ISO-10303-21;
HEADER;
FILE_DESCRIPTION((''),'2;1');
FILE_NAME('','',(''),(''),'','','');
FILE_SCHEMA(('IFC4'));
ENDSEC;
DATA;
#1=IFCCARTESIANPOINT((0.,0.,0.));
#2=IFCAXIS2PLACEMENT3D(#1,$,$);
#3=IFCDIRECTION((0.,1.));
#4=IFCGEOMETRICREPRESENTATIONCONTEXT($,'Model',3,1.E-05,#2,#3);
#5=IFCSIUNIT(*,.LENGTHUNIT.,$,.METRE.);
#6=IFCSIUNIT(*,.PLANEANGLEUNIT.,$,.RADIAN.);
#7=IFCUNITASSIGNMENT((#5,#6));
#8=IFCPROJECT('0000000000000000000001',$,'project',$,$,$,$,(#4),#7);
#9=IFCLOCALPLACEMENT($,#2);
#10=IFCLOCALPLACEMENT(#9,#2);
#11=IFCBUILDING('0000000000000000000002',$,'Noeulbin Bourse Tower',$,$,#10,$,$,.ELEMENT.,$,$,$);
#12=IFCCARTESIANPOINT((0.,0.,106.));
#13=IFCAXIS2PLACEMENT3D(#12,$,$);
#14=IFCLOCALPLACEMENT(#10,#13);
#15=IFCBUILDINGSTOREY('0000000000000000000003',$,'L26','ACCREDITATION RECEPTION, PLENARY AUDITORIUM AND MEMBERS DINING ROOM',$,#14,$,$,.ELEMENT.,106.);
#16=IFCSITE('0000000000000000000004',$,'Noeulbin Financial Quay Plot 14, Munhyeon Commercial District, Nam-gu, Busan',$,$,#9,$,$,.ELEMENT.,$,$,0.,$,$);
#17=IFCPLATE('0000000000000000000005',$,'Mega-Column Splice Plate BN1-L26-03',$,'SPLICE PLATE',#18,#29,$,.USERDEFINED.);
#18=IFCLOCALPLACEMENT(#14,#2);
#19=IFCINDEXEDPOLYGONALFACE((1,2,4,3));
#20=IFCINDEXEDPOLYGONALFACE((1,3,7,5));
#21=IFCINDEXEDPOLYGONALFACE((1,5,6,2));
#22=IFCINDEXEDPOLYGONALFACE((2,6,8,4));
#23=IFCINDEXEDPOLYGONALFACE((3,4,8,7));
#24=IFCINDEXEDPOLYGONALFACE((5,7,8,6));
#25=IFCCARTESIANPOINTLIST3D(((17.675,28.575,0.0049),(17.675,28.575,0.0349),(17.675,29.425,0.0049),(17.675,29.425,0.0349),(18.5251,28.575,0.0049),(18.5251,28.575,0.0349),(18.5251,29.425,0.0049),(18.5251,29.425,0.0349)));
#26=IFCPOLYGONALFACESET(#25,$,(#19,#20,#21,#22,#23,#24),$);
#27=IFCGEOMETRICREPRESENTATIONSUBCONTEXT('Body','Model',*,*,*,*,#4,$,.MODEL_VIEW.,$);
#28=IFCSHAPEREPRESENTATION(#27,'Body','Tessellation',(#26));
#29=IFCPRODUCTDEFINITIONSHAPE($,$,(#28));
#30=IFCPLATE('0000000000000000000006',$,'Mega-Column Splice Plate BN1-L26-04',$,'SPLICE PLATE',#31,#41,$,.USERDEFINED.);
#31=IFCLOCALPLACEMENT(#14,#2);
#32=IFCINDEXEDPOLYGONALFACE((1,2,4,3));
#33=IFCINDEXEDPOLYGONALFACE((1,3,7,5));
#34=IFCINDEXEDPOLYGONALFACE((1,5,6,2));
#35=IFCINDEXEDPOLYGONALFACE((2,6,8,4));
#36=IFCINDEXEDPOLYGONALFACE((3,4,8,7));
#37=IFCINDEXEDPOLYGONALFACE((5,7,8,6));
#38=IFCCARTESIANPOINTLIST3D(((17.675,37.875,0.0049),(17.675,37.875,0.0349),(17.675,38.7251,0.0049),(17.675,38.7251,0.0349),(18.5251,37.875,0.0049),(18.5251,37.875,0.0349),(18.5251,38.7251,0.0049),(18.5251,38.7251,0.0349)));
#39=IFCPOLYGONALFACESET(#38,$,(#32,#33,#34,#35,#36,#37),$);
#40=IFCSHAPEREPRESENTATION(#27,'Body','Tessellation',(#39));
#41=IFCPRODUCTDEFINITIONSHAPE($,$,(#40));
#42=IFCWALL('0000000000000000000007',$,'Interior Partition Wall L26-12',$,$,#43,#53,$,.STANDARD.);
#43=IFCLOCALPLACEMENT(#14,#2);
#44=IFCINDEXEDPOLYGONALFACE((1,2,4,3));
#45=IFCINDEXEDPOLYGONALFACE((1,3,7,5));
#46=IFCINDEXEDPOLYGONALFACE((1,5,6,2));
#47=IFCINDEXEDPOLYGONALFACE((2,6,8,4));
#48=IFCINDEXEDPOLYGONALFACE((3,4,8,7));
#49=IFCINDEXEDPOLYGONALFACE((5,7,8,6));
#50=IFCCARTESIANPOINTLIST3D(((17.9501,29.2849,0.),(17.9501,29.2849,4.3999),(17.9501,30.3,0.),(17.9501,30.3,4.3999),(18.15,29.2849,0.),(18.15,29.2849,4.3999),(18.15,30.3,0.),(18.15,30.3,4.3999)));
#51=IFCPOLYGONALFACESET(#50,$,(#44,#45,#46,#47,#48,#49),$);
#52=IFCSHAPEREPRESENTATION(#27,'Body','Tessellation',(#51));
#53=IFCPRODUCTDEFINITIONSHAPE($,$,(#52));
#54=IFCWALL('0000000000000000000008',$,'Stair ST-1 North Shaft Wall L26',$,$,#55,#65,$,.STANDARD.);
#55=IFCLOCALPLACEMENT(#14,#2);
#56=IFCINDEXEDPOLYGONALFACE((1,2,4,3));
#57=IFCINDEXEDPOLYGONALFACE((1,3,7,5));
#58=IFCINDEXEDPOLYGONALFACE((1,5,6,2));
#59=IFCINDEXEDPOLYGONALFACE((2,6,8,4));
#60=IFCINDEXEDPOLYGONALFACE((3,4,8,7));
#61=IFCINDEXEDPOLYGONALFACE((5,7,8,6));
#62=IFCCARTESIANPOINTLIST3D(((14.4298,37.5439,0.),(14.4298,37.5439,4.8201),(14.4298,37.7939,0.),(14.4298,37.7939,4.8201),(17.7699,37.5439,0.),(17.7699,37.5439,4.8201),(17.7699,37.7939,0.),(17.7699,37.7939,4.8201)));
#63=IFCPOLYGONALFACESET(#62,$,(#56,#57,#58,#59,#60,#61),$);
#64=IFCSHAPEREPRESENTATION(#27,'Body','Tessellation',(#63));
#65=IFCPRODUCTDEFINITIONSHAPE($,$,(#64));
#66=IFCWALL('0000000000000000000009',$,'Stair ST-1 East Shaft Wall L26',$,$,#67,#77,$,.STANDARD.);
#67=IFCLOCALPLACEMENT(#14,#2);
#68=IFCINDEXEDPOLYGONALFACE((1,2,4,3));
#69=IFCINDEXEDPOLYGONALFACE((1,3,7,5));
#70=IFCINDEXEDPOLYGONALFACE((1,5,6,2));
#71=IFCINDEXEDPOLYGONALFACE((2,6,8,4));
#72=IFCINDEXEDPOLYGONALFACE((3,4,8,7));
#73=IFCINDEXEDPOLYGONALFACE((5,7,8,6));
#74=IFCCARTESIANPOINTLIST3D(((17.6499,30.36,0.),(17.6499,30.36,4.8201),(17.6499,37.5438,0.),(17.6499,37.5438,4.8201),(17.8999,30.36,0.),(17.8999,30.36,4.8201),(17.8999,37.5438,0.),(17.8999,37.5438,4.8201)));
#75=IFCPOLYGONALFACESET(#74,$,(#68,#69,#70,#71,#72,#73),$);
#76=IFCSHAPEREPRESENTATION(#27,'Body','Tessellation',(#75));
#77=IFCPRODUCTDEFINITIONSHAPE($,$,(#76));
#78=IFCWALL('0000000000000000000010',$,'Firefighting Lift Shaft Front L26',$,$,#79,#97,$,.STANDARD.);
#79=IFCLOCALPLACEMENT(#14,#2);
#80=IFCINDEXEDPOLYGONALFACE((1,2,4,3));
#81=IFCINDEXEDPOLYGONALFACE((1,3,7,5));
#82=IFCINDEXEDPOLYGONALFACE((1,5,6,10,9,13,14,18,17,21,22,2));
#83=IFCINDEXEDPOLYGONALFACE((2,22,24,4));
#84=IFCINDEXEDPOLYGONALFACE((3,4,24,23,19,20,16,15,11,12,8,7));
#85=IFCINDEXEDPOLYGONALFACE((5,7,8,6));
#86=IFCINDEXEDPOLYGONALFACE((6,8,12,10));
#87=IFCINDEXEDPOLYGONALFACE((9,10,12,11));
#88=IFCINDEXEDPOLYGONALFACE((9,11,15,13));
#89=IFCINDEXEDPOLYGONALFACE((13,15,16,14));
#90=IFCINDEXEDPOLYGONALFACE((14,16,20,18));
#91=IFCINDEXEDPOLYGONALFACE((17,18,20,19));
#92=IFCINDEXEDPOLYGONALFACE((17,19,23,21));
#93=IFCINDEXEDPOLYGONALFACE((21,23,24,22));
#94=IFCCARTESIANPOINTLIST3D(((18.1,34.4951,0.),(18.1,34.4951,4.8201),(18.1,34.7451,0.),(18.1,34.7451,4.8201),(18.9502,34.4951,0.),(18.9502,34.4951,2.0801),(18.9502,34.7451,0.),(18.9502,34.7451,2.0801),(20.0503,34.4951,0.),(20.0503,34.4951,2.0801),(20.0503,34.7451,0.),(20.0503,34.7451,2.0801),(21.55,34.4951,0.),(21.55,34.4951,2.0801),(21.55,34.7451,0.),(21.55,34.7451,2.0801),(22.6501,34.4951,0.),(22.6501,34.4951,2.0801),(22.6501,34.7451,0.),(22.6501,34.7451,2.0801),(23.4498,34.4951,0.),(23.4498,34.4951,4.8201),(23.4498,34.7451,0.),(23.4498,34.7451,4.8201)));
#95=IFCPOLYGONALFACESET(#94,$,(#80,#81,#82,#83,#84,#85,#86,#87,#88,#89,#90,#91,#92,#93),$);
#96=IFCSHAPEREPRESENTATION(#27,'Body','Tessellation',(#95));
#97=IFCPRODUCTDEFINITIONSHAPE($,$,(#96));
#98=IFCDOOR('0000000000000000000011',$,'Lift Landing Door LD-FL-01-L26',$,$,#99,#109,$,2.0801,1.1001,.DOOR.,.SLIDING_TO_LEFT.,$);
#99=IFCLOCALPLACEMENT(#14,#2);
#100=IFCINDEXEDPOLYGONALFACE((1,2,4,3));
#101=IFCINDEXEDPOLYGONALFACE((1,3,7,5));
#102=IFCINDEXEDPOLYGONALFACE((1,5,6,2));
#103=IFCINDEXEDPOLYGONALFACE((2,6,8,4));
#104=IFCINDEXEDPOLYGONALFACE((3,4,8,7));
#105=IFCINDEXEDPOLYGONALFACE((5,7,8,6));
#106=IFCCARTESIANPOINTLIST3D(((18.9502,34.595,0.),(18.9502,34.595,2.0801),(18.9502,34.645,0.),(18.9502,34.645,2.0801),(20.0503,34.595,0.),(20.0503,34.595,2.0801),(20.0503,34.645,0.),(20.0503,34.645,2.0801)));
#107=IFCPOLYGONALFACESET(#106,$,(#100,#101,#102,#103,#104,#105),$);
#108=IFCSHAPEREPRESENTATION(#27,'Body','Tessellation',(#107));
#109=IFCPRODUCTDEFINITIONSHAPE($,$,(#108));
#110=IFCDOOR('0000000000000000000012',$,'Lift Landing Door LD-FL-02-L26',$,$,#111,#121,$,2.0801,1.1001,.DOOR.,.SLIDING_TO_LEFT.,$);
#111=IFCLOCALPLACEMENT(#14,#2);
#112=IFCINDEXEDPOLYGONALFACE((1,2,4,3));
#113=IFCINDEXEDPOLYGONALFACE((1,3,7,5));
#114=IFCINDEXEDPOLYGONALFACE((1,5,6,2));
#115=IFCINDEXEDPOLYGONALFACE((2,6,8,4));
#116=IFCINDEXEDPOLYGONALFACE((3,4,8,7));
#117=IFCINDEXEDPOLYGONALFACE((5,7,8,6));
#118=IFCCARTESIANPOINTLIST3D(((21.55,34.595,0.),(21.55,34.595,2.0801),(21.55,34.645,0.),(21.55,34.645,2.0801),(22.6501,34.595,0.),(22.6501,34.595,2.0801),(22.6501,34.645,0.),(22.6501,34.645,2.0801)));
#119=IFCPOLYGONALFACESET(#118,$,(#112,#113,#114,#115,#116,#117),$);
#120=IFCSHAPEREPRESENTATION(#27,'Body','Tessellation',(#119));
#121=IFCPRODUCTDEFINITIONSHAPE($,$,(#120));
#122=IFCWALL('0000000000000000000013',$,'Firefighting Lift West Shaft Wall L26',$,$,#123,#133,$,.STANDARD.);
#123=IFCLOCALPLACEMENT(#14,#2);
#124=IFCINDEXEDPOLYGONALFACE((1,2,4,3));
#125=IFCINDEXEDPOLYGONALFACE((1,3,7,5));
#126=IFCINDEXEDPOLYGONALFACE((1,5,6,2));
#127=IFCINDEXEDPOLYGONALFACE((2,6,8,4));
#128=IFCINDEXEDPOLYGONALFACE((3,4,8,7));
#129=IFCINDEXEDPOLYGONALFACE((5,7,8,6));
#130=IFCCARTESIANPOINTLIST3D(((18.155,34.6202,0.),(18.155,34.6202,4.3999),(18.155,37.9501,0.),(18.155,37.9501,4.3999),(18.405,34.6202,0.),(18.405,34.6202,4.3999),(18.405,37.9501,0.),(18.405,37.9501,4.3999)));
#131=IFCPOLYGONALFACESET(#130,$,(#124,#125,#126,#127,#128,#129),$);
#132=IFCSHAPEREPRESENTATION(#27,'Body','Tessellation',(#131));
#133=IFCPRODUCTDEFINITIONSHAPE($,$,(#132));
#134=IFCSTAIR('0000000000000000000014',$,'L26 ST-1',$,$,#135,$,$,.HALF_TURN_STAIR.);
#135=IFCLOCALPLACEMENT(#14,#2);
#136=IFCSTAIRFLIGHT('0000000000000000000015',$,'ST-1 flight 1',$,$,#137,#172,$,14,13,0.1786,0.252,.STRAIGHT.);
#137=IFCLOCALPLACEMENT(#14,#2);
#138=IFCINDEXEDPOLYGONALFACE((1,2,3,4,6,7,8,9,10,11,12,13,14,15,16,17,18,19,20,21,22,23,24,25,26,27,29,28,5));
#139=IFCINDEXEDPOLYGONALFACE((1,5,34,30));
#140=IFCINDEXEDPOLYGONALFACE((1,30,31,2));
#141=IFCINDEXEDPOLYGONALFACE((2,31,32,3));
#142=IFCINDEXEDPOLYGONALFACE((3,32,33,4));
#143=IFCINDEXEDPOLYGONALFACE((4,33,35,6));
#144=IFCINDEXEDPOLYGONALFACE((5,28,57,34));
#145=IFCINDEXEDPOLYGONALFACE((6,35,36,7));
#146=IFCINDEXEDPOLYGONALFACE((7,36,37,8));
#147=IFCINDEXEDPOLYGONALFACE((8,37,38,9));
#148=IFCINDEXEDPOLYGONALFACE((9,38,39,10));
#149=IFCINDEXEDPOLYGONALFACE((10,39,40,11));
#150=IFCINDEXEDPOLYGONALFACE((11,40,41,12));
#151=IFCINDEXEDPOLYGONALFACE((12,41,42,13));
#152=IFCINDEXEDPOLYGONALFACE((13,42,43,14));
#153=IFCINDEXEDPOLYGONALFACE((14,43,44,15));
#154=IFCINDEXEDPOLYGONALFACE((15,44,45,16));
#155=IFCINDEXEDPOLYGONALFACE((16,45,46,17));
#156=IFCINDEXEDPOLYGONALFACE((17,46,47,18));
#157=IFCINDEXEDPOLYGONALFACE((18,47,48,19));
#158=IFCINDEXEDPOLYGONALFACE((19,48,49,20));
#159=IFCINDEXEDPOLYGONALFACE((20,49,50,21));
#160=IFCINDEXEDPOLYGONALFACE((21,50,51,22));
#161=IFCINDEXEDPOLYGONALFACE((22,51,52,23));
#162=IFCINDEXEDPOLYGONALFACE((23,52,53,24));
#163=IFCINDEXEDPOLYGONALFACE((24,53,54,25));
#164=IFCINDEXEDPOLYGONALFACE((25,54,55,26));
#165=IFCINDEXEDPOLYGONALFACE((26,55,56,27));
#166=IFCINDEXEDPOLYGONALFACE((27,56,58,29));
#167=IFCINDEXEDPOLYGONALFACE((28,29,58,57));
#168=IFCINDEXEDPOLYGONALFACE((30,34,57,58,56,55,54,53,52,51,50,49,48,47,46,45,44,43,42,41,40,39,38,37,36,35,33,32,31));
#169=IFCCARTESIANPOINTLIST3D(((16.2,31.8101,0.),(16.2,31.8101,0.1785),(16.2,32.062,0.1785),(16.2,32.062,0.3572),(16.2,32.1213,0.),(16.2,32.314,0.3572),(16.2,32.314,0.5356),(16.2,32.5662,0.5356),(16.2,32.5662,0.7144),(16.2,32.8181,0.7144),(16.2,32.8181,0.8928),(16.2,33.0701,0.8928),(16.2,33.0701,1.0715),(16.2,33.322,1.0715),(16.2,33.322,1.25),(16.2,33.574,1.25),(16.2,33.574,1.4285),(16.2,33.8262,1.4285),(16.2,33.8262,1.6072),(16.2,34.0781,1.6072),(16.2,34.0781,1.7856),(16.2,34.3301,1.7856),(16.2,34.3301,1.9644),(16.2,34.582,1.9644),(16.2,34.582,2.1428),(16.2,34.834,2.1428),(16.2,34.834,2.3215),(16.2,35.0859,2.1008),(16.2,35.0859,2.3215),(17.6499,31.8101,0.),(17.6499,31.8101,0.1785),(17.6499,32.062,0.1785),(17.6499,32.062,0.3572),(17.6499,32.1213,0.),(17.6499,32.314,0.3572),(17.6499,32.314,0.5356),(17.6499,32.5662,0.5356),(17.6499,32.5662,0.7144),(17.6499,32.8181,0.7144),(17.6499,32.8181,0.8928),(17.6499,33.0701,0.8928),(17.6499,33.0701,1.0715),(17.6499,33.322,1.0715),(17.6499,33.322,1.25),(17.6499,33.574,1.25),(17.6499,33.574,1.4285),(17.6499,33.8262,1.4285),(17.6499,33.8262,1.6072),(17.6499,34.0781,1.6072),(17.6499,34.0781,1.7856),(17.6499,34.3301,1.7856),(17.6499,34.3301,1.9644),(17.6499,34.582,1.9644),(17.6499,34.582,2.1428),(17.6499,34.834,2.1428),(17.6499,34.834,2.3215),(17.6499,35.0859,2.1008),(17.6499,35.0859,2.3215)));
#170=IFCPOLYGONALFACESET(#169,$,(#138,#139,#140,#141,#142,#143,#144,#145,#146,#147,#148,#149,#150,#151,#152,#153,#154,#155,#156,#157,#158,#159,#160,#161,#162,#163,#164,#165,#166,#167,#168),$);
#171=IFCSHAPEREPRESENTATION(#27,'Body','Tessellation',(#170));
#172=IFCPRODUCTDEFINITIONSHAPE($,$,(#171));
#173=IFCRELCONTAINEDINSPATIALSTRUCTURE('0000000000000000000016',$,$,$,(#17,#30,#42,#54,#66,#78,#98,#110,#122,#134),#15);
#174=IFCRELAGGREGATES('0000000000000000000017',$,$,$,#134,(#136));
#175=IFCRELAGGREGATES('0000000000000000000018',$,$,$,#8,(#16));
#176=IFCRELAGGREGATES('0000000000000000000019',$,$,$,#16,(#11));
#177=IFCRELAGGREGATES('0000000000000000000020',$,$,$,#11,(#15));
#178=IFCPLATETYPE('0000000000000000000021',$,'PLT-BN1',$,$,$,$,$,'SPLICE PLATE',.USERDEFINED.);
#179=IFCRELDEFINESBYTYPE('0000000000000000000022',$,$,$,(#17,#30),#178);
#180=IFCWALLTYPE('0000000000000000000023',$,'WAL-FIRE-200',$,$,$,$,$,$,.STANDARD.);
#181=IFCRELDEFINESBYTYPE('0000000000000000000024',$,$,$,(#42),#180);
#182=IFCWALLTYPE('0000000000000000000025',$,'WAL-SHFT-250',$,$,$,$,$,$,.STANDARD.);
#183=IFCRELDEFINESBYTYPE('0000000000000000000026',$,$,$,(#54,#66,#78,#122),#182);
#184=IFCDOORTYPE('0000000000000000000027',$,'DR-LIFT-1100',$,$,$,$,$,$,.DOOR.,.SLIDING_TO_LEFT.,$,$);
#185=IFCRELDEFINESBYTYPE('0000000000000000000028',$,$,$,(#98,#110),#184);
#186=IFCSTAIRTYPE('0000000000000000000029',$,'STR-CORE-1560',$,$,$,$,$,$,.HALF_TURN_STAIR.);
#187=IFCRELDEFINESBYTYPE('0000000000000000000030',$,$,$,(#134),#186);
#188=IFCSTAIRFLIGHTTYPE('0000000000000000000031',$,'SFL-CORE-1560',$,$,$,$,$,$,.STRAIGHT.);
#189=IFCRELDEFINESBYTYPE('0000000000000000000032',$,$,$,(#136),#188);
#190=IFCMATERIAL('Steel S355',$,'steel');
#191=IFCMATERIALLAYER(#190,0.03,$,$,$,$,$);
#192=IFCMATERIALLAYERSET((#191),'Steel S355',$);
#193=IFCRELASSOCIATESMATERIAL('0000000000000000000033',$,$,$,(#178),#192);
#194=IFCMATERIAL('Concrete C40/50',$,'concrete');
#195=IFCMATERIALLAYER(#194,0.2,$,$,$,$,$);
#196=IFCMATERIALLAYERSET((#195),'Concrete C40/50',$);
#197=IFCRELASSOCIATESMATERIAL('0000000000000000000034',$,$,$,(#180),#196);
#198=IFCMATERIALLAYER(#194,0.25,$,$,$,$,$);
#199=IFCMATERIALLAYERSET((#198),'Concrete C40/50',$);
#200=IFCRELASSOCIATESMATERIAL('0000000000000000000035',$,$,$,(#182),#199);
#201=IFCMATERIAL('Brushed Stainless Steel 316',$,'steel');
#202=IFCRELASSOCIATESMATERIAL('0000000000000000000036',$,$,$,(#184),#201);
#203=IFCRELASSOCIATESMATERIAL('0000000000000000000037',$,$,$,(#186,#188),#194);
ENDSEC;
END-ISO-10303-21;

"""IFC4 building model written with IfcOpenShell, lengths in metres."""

from ifc_helpers import new_model, si_unit, direction, frame, frame_2d, origin, origin_2d, place, context, subcontext, project, spatial, polyline, rectangle, outline, extrude, material, layer, layer_set, type_object, element, fill, aggregate, save


model = new_model("IFC4")

# Units and contexts
model_context = context("Model", 3, precision=1e-05, world=origin(), true_north=direction((0.0, 1.0)))
body_context = subcontext(model_context, "Body", "Model", "MODEL_VIEW")
ifc_project = project(units=[si_unit("LENGTHUNIT", "METRE"), si_unit("PLANEANGLEUNIT", "RADIAN")], contexts=[model_context])

# Site, building, storey
site_placement = place(None, origin())
site = spatial("IfcSite", under=ifc_project, at=site_placement, Name="Noeulbin Financial Quay Plot 14, Munhyeon Commercial District, Nam-gu, Busan", CompositionType="ELEMENT", RefElevation=0.0)
building_placement = place(site_placement, origin())
building = spatial("IfcBuilding", under=site, at=building_placement, Name="Noeulbin Bourse Tower", CompositionType="ELEMENT")
storey_placement = place(building_placement, frame((0.0, 0.0, 106.0)))
storey = spatial("IfcBuildingStorey", under=building, at=storey_placement, Name="L26", Description="ACCREDITATION RECEPTION, PLENARY AUDITORIUM AND MEMBERS DINING ROOM", CompositionType="ELEMENT", Elevation=106.0)

# Shared definitions
ifc_material_1 = material(Name="Steel S355", Category="steel")

# Plates
ifc_layer_1 = layer(ifc_material_1, 0.03)
ifc_layer_set_1 = layer_set([ifc_layer_1], Name="Steel S355")
plate_type_1 = type_object("IfcPlateType", Name="PLT-BN1", ElementType="SPLICE PLATE", PredefinedType="USERDEFINED", material=ifc_layer_set_1)
for number, where, z_axis, x_axis, name in (
    (1, (18.1001, 29.0, 0.0049), (0.0, 0.0, 1.0), (1.0, 0.0, 0.0), "Mega-Column Splice Plate BN1-L26-03"),
    (2, (18.1001, 38.3, 0.0049), (0.0, 0.0, 1.0), (1.0, 0.0, 0.0), "Mega-Column Splice Plate BN1-L26-04"),
):
    element("IfcPlate", number, at=place(storey_placement, frame(where, z_axis=z_axis, x_axis=x_axis)), inside=storey, type_object=plate_type_1, Name=name, ObjectType="SPLICE PLATE", PredefinedType="USERDEFINED", context=body_context, shape_type="SweptSolid", body=[
        extrude(rectangle(XDim=0.8501, YDim=0.8501, at=origin_2d()), origin(), (0.0, 0.0, 1.0), 0.03),
    ])

# Walls
ifc_material_2 = material(Name="Concrete C40/50", Category="concrete")
ifc_layer_2 = layer(ifc_material_2, 0.2)
ifc_layer_set_2 = layer_set([ifc_layer_2], Name="Concrete C40/50")
wall_type_1 = type_object("IfcWallType", Name="WAL-FIRE-200", PredefinedType="STANDARD", material=ifc_layer_set_2)
wall_1_placement = place(storey_placement, frame((18.05, 29.2849, 0.0), z_axis=(0.0, 0.0, 1.0), x_axis=(0.0, 1.0, 0.0)))
element("IfcWall", 3, at=wall_1_placement, inside=storey, type_object=wall_type_1, Name="Interior Partition Wall L26-12", PredefinedType="STANDARD", context=body_context, shape_type="SweptSolid", body=[
    extrude(rectangle(XDim=1.0151, YDim=0.2, at=frame_2d((0.5076, 0.0))), origin(), (0.0, 0.0, 1.0), 4.3999),
])
ifc_layer_3 = layer(ifc_material_2, 0.25)
ifc_layer_set_3 = layer_set([ifc_layer_3], Name="Concrete C40/50")
wall_type_2 = type_object("IfcWallType", Name="WAL-SHFT-250", PredefinedType="STANDARD", material=ifc_layer_set_3)
wall_2_placement = place(storey_placement, frame((14.4299, 37.6689, 0.0), z_axis=(0.0, 0.0, 1.0), x_axis=(1.0, 0.0, 0.0)))
element("IfcWall", 4, at=wall_2_placement, inside=storey, type_object=wall_type_2, Name="Stair ST-1 North Shaft Wall L26", PredefinedType="STANDARD", context=body_context, shape_type="SweptSolid", body=[
    extrude(rectangle(XDim=3.3401, YDim=0.25, at=frame_2d((1.6699, 0.0))), origin(), (0.0, 0.0, 1.0), 4.8201),
])
wall_3_placement = place(storey_placement, frame((17.7749, 30.3601, 0.0), z_axis=(0.0, 0.0, 1.0), x_axis=(0.0, 1.0, 0.0)))
element("IfcWall", 5, at=wall_3_placement, inside=storey, type_object=wall_type_2, Name="Stair ST-1 East Shaft Wall L26", PredefinedType="STANDARD", context=body_context, shape_type="SweptSolid", body=[
    extrude(rectangle(XDim=7.1838, YDim=0.25, at=frame_2d((3.5918, 0.0))), origin(), (0.0, 0.0, 1.0), 4.8201),
])

# Wall, openings, doors
wall_4_placement = place(storey_placement, frame((18.1001, 34.6201, 0.0), z_axis=(0.0, 0.0, 1.0), x_axis=(1.0, 0.0, 0.0)))
wall_4 = element("IfcWall", 6, at=wall_4_placement, inside=storey, type_object=wall_type_2, Name="Firefighting Lift Shaft Front L26", PredefinedType="STANDARD", context=body_context, shape_type="SweptSolid", body=[
    extrude(rectangle(XDim=5.3499, YDim=0.25, at=frame_2d((2.6748, 0.0))), origin(), (0.0, 0.0, 1.0), 4.8201),
])
opening_1_placement = place(wall_4_placement, frame((0.8501, 0.0, 0.0)))
opening_1 = element("IfcOpeningElement", 7, at=opening_1_placement, cuts=wall_4, PredefinedType="OPENING", context=body_context, shape_type="SweptSolid", body=[
    extrude(rectangle(XDim=1.1001, YDim=2.0801, at=frame_2d((0.55, 1.04))), frame((0.0, 0.135, 0.0), z_axis=(0.0, -1.0, 0.0), x_axis=(1.0, 0.0, 0.0)), (0.0, 0.0, 1.0), 0.27),
])
opening_2_placement = place(wall_4_placement, frame((3.45, 0.0, 0.0)))
opening_2 = element("IfcOpeningElement", 8, at=opening_2_placement, cuts=wall_4, PredefinedType="OPENING", context=body_context, shape_type="SweptSolid", body=[
    extrude(rectangle(XDim=1.1001, YDim=2.0801, at=frame_2d((0.55, 1.04))), frame((0.0, 0.135, 0.0), z_axis=(0.0, -1.0, 0.0), x_axis=(1.0, 0.0, 0.0)), (0.0, 0.0, 1.0), 0.27),
])
ifc_material_3 = material(Name="Brushed Stainless Steel 316", Category="steel")
door_type = type_object("IfcDoorType", Name="DR-LIFT-1100", OperationType="SLIDING_TO_LEFT", PredefinedType="DOOR", material=ifc_material_3)
door_1_placement = place(opening_1_placement, origin())
door_1 = element("IfcDoor", 9, at=door_1_placement, inside=storey, type_object=door_type, Name="Lift Landing Door LD-FL-01-L26", OperationType="SLIDING_TO_LEFT", OverallHeight=2.0801, OverallWidth=1.1001, PredefinedType="DOOR", context=body_context, shape_type="SweptSolid", body=[
    extrude(rectangle(XDim=1.1001, YDim=2.0801, at=frame_2d((0.55, 1.04))), frame((0.0, 0.0249, 0.0), z_axis=(0.0, -1.0, 0.0), x_axis=(1.0, 0.0, 0.0)), (0.0, 0.0, 1.0), 0.05),
])
fill(opening_1, door_1)
door_2_placement = place(opening_2_placement, origin())
door_2 = element("IfcDoor", 10, at=door_2_placement, inside=storey, type_object=door_type, Name="Lift Landing Door LD-FL-02-L26", OperationType="SLIDING_TO_LEFT", OverallHeight=2.0801, OverallWidth=1.1001, PredefinedType="DOOR", context=body_context, shape_type="SweptSolid", body=[
    extrude(rectangle(XDim=1.1001, YDim=2.0801, at=frame_2d((0.55, 1.04))), frame((0.0, 0.0249, 0.0), z_axis=(0.0, -1.0, 0.0), x_axis=(1.0, 0.0, 0.0)), (0.0, 0.0, 1.0), 0.05),
])
fill(opening_2, door_2)

# Wall
wall_5_placement = place(storey_placement, frame((18.28, 34.6201, 0.0), z_axis=(0.0, 0.0, 1.0), x_axis=(0.0, 1.0, 0.0)))
element("IfcWall", 11, at=wall_5_placement, inside=storey, type_object=wall_type_2, Name="Firefighting Lift West Shaft Wall L26", PredefinedType="STANDARD", context=body_context, shape_type="SweptSolid", body=[
    extrude(rectangle(XDim=3.3298, YDim=0.25, at=frame_2d((1.665, 0.0))), origin(), (0.0, 0.0, 1.0), 4.3999),
])

# Stair, stair flight
stair_type = type_object("IfcStairType", Name="STR-CORE-1560", PredefinedType="HALF_TURN_STAIR", material=ifc_material_2)
stair_placement = place(storey_placement, origin())
stair = element("IfcStair", 12, at=stair_placement, inside=storey, type_object=stair_type, Name="L26 ST-1", PredefinedType="HALF_TURN_STAIR")
stair_flight_type = type_object("IfcStairFlightType", Name="SFL-CORE-1560", PredefinedType="STRAIGHT", material=ifc_material_2)
stair_flight_1_placement = place(storey_placement, frame((16.925, 31.8101, 0.0), z_axis=(0.0, 0.0, 1.0), x_axis=(0.0, 1.0, 0.0)))
stair_flight_1 = element("IfcStairFlight", 13, at=stair_flight_1_placement, type_object=stair_flight_type, Name="ST-1 flight 1", NumberOfRisers=14, NumberOfTreads=13, PredefinedType="STRAIGHT", RiserHeight=0.1786, TreadLength=0.252, context=body_context, shape_type="SweptSolid", body=[
    extrude(outline(polyline([(0.0, 0.0), (0.0, 0.1785), (0.252, 0.1785), (0.252, 0.3572), (0.5039, 0.3572), (0.5039, 0.5356), (0.7561, 0.5356), (0.7561, 0.7144), (1.0081, 0.7144), (1.0081, 0.8928), (1.26, 0.8928), (1.26, 1.0715), (1.512, 1.0715), (1.512, 1.25), (1.7639, 1.25), (1.7639, 1.4285), (2.0161, 1.4285), (2.0161, 1.6072), (2.2681, 1.6072), (2.2681, 1.7856), (2.52, 1.7856), (2.52, 1.9644), (2.772, 1.9644), (2.772, 2.1428), (3.0239, 2.1428), (3.0239, 2.3215), (3.2759, 2.3215), (3.2759, 2.5), (3.2759, 2.1008), (0.3113, 0.0), (0.0, 0.0)])), frame((0.0, 0.7251, 0.0), z_axis=(0.0, -1.0, 0.0), x_axis=(1.0, 0.0, 0.0)), (0.0, 0.0, 1.0), 1.45),
])
aggregate(stair, [stair_flight_1])

save(model, "model.ifc")
